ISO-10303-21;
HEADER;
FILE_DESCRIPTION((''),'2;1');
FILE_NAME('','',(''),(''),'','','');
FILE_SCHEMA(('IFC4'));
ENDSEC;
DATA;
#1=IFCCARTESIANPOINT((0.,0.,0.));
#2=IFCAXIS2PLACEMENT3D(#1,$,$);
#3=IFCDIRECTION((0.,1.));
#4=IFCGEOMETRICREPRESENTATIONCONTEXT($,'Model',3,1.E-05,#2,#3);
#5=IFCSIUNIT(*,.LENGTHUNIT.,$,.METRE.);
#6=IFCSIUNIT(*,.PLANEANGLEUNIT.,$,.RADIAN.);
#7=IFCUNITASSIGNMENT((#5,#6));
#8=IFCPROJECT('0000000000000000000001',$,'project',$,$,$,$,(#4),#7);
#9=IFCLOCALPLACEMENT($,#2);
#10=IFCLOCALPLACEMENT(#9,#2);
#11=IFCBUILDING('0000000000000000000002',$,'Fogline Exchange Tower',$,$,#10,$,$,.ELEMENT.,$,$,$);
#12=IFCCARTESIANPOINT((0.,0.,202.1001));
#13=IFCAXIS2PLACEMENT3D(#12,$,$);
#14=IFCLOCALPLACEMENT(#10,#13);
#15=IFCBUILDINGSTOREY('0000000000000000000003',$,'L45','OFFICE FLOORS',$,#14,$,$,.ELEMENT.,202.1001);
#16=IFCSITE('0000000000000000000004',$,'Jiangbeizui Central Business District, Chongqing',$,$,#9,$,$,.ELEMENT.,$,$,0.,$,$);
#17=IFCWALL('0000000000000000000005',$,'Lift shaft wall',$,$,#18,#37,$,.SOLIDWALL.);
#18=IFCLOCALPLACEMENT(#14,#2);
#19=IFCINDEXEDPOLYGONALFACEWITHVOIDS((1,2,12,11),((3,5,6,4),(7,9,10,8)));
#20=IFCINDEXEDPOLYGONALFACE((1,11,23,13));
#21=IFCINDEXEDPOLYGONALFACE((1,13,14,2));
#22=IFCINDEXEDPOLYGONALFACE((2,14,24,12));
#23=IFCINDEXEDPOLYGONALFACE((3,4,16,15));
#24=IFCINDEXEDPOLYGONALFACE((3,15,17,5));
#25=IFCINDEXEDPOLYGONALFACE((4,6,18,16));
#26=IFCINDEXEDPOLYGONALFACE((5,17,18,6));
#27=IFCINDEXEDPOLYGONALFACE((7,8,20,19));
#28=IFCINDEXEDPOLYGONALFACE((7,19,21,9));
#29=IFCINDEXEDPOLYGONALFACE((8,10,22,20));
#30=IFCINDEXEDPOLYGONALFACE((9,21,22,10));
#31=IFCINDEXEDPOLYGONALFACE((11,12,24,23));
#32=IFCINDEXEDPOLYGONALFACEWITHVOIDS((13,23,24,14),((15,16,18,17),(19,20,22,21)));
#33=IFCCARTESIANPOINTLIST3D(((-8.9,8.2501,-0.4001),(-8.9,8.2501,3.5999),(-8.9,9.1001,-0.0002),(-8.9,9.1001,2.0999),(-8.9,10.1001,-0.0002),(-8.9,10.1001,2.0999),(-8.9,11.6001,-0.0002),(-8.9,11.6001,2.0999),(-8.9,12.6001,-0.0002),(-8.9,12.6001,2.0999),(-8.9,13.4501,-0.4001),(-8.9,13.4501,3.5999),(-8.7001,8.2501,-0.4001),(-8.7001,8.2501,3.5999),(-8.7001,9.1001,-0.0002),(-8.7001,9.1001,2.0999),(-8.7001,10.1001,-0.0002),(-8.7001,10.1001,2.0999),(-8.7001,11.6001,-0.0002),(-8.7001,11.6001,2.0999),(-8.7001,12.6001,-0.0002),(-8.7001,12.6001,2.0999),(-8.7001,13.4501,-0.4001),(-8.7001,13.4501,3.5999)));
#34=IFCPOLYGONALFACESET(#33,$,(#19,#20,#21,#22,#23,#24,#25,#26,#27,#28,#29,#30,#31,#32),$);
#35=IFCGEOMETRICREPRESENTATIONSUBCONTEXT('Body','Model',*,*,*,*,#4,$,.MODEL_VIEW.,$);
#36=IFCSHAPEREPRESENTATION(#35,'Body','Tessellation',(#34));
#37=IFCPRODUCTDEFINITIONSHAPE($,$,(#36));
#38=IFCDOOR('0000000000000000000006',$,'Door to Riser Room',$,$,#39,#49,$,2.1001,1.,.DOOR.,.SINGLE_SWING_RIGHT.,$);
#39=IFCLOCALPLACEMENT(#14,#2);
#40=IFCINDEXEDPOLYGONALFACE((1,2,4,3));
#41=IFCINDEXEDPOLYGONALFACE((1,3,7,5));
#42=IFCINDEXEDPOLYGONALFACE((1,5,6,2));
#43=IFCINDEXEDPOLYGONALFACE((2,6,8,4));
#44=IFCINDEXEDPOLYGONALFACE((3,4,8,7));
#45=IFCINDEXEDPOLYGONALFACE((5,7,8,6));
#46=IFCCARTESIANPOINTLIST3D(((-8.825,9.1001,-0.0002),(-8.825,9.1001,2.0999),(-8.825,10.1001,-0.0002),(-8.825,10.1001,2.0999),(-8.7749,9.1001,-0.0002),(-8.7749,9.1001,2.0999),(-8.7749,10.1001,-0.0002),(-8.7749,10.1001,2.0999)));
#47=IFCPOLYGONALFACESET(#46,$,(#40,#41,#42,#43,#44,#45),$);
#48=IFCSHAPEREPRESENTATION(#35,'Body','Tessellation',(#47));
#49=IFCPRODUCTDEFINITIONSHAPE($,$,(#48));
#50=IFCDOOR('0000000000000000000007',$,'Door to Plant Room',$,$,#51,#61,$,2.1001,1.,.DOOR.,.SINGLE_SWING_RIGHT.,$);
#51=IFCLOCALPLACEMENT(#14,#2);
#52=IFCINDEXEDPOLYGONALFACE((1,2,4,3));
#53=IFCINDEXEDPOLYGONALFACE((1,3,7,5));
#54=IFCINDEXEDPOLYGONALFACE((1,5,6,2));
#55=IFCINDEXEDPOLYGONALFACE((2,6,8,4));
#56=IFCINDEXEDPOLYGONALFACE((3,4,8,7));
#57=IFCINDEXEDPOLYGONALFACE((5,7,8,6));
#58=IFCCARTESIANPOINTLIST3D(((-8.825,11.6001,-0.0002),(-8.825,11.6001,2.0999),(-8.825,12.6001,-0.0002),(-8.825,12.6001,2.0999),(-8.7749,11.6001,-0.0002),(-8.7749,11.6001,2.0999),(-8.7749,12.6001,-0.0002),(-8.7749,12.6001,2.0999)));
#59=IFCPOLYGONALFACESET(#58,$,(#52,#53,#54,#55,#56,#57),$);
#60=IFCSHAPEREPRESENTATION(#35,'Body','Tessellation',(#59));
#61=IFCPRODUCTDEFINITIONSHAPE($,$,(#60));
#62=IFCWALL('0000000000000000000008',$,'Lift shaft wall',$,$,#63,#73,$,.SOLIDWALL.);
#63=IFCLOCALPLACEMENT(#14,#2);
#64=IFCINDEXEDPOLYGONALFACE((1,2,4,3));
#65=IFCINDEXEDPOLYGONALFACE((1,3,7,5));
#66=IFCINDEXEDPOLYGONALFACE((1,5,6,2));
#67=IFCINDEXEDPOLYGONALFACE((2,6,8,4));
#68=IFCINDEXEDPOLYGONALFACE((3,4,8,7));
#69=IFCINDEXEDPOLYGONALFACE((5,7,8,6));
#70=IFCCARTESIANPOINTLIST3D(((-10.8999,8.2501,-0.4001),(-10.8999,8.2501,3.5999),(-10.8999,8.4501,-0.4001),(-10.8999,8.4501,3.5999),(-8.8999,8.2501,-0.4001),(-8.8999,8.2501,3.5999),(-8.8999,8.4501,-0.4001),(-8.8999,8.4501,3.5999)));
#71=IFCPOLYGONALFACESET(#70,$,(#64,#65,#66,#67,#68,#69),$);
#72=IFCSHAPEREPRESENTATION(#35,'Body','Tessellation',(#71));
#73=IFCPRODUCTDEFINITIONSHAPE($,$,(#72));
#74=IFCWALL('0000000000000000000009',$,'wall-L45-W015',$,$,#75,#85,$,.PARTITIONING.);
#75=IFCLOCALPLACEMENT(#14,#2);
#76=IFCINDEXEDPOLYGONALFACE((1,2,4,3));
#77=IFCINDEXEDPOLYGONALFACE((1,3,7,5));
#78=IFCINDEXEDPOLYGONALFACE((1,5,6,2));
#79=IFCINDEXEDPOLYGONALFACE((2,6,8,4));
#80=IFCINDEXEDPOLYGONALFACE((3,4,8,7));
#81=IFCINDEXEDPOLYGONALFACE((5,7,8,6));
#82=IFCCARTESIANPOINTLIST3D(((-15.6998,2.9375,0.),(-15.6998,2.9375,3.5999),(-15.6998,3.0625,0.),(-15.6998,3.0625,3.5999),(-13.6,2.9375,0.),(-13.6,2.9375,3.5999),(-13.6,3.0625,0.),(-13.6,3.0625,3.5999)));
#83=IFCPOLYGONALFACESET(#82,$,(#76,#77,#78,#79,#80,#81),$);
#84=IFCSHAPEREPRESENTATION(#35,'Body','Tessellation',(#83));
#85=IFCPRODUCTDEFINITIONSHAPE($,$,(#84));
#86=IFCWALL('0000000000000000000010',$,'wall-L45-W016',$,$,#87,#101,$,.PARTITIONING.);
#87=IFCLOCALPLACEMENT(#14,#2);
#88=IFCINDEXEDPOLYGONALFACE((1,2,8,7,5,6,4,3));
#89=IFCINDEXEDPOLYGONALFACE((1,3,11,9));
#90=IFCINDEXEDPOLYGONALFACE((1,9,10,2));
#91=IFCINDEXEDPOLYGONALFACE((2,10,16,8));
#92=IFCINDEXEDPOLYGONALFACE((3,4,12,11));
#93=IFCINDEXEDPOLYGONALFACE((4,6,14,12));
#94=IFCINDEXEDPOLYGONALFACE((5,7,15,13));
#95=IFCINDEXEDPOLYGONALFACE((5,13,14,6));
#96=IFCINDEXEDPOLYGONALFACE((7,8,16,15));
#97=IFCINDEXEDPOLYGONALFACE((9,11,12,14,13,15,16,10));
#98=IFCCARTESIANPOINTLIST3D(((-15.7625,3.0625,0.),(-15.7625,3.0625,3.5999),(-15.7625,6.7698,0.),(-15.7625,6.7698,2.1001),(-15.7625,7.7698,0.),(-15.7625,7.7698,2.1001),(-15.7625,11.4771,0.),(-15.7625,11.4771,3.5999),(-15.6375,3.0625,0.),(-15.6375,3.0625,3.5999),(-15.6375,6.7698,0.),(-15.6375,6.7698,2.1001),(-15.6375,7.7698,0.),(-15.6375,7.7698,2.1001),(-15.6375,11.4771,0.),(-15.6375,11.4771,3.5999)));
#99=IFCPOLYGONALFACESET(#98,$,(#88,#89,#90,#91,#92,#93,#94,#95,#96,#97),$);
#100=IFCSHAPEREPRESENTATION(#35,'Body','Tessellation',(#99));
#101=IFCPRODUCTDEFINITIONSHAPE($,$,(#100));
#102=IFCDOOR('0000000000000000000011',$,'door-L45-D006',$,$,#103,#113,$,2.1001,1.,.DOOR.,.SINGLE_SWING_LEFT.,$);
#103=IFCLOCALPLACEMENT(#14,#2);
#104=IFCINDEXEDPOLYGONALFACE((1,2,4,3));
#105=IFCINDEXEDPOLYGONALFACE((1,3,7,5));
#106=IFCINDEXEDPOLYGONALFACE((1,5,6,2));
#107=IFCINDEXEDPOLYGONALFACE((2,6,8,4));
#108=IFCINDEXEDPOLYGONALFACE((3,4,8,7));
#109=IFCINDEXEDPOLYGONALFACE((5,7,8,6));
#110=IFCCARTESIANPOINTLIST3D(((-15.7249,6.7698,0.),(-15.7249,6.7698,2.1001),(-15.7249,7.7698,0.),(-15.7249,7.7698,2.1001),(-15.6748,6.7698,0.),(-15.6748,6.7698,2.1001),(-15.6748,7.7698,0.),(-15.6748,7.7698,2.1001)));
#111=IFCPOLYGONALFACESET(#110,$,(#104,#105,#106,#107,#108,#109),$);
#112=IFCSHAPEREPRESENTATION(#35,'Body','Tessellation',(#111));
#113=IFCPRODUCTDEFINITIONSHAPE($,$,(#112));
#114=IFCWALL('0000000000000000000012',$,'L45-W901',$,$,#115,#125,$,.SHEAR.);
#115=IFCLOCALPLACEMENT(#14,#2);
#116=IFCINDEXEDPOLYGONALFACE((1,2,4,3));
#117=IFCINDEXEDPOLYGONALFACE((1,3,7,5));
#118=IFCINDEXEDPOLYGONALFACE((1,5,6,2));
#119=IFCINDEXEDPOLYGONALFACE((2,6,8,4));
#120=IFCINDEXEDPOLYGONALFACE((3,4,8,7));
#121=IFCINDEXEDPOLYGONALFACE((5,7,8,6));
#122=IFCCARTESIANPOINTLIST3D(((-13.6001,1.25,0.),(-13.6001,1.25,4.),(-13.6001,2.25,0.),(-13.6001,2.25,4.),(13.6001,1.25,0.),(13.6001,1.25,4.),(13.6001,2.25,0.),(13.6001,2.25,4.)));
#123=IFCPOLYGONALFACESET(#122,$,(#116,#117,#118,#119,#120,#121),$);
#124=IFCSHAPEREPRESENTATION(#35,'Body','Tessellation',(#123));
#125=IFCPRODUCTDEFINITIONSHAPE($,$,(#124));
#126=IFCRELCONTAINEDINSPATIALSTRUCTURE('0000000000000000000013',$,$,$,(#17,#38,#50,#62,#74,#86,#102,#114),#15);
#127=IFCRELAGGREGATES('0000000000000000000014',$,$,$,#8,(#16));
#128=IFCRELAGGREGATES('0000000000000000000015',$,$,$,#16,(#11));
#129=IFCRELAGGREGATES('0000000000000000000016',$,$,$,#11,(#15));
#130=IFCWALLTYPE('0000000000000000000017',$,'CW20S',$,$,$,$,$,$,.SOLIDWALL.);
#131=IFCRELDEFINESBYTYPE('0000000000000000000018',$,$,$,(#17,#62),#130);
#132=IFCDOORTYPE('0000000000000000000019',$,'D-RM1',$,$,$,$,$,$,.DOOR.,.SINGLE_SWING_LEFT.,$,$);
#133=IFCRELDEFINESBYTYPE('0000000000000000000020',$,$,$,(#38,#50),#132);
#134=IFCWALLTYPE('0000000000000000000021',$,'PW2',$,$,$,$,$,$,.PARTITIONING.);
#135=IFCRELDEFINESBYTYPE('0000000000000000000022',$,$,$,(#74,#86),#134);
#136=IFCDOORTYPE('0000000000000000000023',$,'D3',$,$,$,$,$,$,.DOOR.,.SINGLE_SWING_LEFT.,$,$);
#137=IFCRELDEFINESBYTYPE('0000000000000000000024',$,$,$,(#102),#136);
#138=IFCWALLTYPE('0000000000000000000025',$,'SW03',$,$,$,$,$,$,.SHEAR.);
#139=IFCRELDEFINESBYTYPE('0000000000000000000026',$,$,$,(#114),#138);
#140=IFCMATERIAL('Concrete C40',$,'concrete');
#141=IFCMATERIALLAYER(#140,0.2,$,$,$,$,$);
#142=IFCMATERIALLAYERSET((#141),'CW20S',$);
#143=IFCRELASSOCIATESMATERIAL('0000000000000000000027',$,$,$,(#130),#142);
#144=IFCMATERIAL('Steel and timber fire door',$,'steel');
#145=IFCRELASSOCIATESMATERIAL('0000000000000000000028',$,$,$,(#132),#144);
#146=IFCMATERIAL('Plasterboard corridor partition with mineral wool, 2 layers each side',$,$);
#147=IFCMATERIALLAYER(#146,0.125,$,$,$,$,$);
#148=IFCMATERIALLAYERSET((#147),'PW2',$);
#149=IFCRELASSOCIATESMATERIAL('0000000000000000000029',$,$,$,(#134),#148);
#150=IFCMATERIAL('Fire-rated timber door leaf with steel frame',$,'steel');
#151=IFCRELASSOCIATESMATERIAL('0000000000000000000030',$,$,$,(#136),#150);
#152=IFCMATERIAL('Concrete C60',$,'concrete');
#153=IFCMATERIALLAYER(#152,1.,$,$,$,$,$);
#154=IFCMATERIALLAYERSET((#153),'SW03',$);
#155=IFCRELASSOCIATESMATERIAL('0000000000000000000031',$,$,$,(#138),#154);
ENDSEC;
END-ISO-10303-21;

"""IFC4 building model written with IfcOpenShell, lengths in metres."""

from ifc_helpers import new_model, si_unit, direction, frame, frame_2d, origin, place, context, subcontext, project, spatial, rectangle, extrude, material, layer, layer_set, type_object, element, fill, save


model = new_model("IFC4")

# Units and contexts
model_context = context("Model", 3, precision=1e-05, world=origin(), true_north=direction((0.0, 1.0)))
body_context = subcontext(model_context, "Body", "Model", "MODEL_VIEW")
ifc_project = project(units=[si_unit("LENGTHUNIT", "METRE"), si_unit("PLANEANGLEUNIT", "RADIAN")], contexts=[model_context])

# Site, building, storey
site_placement = place(None, origin())
site = spatial("IfcSite", under=ifc_project, at=site_placement, Name="Jiangbeizui Central Business District, Chongqing", CompositionType="ELEMENT", RefElevation=0.0)
building_placement = place(site_placement, origin())
building = spatial("IfcBuilding", under=site, at=building_placement, Name="Fogline Exchange Tower", CompositionType="ELEMENT")
storey_placement = place(building_placement, frame((0.0, 0.0, 202.1001)))
storey = spatial("IfcBuildingStorey", under=building, at=storey_placement, Name="L45", Description="OFFICE FLOORS", CompositionType="ELEMENT", Elevation=202.1001)

# Shared definitions
ifc_material_1 = material(Name="Concrete C40", Category="concrete")

# Shared definitions
ifc_material_2 = material(Name="Steel and timber fire door", Category="steel")

# Wall, openings, doors
ifc_layer_1 = layer(ifc_material_1, 0.2)
ifc_layer_set_1 = layer_set([ifc_layer_1], Name="CW20S")
wall_type_1 = type_object("IfcWallType", Name="CW20S", PredefinedType="SOLIDWALL", material=ifc_layer_set_1)
wall_1_placement = place(storey_placement, frame((-8.8, 8.25, -0.4001), z_axis=(0.0, 0.0, 1.0), x_axis=(0.0, 1.0, 0.0)))
wall_1 = element("IfcWall", 1, at=wall_1_placement, inside=storey, type_object=wall_type_1, Name="Lift shaft wall", PredefinedType="SOLIDWALL", context=body_context, shape_type="SweptSolid", body=[
    extrude(rectangle(XDim=5.2, YDim=0.2, at=frame_2d((2.6001, 0.0))), origin(), (0.0, 0.0, 1.0), 4.0),
])
opening_1_placement = place(wall_1_placement, frame((0.8501, 0.0, 0.3999)))
opening_1 = element("IfcOpeningElement", 2, at=opening_1_placement, cuts=wall_1, PredefinedType="OPENING", context=body_context, shape_type="SweptSolid", body=[
    extrude(rectangle(XDim=1.0, YDim=2.1001, at=frame_2d((0.5, 1.05))), frame((0.0, 0.1099, 0.0), z_axis=(0.0, -1.0, 0.0), x_axis=(1.0, 0.0, 0.0)), (0.0, 0.0, 1.0), 0.22),
])
opening_2_placement = place(wall_1_placement, frame((3.3501, 0.0, 0.3999)))
opening_2 = element("IfcOpeningElement", 3, at=opening_2_placement, cuts=wall_1, PredefinedType="OPENING", context=body_context, shape_type="SweptSolid", body=[
    extrude(rectangle(XDim=1.0, YDim=2.1001, at=frame_2d((0.5, 1.05))), frame((0.0, 0.1099, 0.0), z_axis=(0.0, -1.0, 0.0), x_axis=(1.0, 0.0, 0.0)), (0.0, 0.0, 1.0), 0.22),
])
door_type_1 = type_object("IfcDoorType", Name="D-RM1", OperationType="SINGLE_SWING_LEFT", PredefinedType="DOOR", material=ifc_material_2)
door_1_placement = place(opening_1_placement, origin())
door_1 = element("IfcDoor", 4, at=door_1_placement, inside=storey, type_object=door_type_1, Name="Door to Riser Room", OperationType="SINGLE_SWING_RIGHT", OverallHeight=2.1001, OverallWidth=1.0, PredefinedType="DOOR", context=body_context, shape_type="SweptSolid", body=[
    extrude(rectangle(XDim=1.0, YDim=2.1001, at=frame_2d((0.5, 1.05))), frame((0.0, 0.0249, 0.0), z_axis=(0.0, -1.0, 0.0), x_axis=(1.0, 0.0, 0.0)), (0.0, 0.0, 1.0), 0.05),
])
fill(opening_1, door_1)
door_2_placement = place(opening_2_placement, origin())
door_2 = element("IfcDoor", 5, at=door_2_placement, inside=storey, type_object=door_type_1, Name="Door to Plant Room", OperationType="SINGLE_SWING_RIGHT", OverallHeight=2.1001, OverallWidth=1.0, PredefinedType="DOOR", context=body_context, shape_type="SweptSolid", body=[
    extrude(rectangle(XDim=1.0, YDim=2.1001, at=frame_2d((0.5, 1.05))), frame((0.0, 0.0249, 0.0), z_axis=(0.0, -1.0, 0.0), x_axis=(1.0, 0.0, 0.0)), (0.0, 0.0, 1.0), 0.05),
])
fill(opening_2, door_2)

# Walls
wall_2_placement = place(storey_placement, frame((-10.8999, 8.3501, -0.4001), z_axis=(0.0, 0.0, 1.0), x_axis=(1.0, 0.0, 0.0)))
element("IfcWall", 6, at=wall_2_placement, inside=storey, type_object=wall_type_1, Name="Lift shaft wall", PredefinedType="SOLIDWALL", context=body_context, shape_type="SweptSolid", body=[
    extrude(rectangle(XDim=2.0, YDim=0.2, at=frame_2d((1.0, 0.0))), origin(), (0.0, 0.0, 1.0), 4.0),
])
ifc_material_3 = material(Name="Plasterboard corridor partition with mineral wool, 2 layers each side")
ifc_layer_2 = layer(ifc_material_3, 0.125)
ifc_layer_set_2 = layer_set([ifc_layer_2], Name="PW2")
wall_type_2 = type_object("IfcWallType", Name="PW2", PredefinedType="PARTITIONING", material=ifc_layer_set_2)
wall_3_placement = place(storey_placement, frame((-13.6001, 3.0, 0.0), z_axis=(0.0, 0.0, 1.0), x_axis=(-1.0, 0.0, 0.0)))
element("IfcWall", 7, at=wall_3_placement, inside=storey, type_object=wall_type_2, Name="wall-L45-W015", PredefinedType="PARTITIONING", context=body_context, shape_type="SweptSolid", body=[
    extrude(rectangle(XDim=2.0999, YDim=0.125, at=frame_2d((1.0498, 0.0))), origin(), (0.0, 0.0, 1.0), 3.5999),
])

# Wall, opening, door
wall_4_placement = place(storey_placement, frame((-15.7, 3.0625, 0.0), z_axis=(0.0, 0.0, 1.0), x_axis=(0.0, 1.0, 0.0)))
wall_4 = element("IfcWall", 8, at=wall_4_placement, inside=storey, type_object=wall_type_2, Name="wall-L45-W016", PredefinedType="PARTITIONING", context=body_context, shape_type="SweptSolid", body=[
    extrude(rectangle(XDim=8.4146, YDim=0.125, at=frame_2d((4.2073, 0.0))), origin(), (0.0, 0.0, 1.0), 3.5999),
])
opening_3_placement = place(wall_4_placement, frame((3.7073, 0.0, 0.0)))
opening_3 = element("IfcOpeningElement", 9, at=opening_3_placement, cuts=wall_4, PredefinedType="OPENING", context=body_context, shape_type="SweptSolid", body=[
    extrude(rectangle(XDim=1.0, YDim=2.1001, at=frame_2d((0.5, 1.05))), frame((0.0, 0.0725, 0.0), z_axis=(0.0, -1.0, 0.0), x_axis=(1.0, 0.0, 0.0)), (0.0, 0.0, 1.0), 0.145),
])
ifc_material_4 = material(Name="Fire-rated timber door leaf with steel frame", Category="steel")
door_type_2 = type_object("IfcDoorType", Name="D3", OperationType="SINGLE_SWING_LEFT", PredefinedType="DOOR", material=ifc_material_4)
door_3_placement = place(opening_3_placement, origin())
door_3 = element("IfcDoor", 10, at=door_3_placement, inside=storey, type_object=door_type_2, Name="door-L45-D006", OperationType="SINGLE_SWING_LEFT", OverallHeight=2.1001, OverallWidth=1.0, PredefinedType="DOOR", context=body_context, shape_type="SweptSolid", body=[
    extrude(rectangle(XDim=1.0, YDim=2.1001, at=frame_2d((0.5, 1.05))), frame((0.0, 0.0249, 0.0), z_axis=(0.0, -1.0, 0.0), x_axis=(1.0, 0.0, 0.0)), (0.0, 0.0, 1.0), 0.05),
])
fill(opening_3, door_3)

# Wall
ifc_material_5 = material(Name="Concrete C60", Category="concrete")
ifc_layer_3 = layer(ifc_material_5, 1.0)
ifc_layer_set_3 = layer_set([ifc_layer_3], Name="SW03")
wall_type_3 = type_object("IfcWallType", Name="SW03", PredefinedType="SHEAR", material=ifc_layer_set_3)
wall_5_placement = place(storey_placement, frame((-13.6001, 1.75, 0.0), z_axis=(0.0, 0.0, 1.0), x_axis=(1.0, 0.0, 0.0)))
element("IfcWall", 11, at=wall_5_placement, inside=storey, type_object=wall_type_3, Name="L45-W901", PredefinedType="SHEAR", context=body_context, shape_type="SweptSolid", body=[
    extrude(rectangle(XDim=27.2002, YDim=1.0, at=frame_2d((13.6001, 0.0))), origin(), (0.0, 0.0, 1.0), 4.0),
])

save(model, "model.ifc")
